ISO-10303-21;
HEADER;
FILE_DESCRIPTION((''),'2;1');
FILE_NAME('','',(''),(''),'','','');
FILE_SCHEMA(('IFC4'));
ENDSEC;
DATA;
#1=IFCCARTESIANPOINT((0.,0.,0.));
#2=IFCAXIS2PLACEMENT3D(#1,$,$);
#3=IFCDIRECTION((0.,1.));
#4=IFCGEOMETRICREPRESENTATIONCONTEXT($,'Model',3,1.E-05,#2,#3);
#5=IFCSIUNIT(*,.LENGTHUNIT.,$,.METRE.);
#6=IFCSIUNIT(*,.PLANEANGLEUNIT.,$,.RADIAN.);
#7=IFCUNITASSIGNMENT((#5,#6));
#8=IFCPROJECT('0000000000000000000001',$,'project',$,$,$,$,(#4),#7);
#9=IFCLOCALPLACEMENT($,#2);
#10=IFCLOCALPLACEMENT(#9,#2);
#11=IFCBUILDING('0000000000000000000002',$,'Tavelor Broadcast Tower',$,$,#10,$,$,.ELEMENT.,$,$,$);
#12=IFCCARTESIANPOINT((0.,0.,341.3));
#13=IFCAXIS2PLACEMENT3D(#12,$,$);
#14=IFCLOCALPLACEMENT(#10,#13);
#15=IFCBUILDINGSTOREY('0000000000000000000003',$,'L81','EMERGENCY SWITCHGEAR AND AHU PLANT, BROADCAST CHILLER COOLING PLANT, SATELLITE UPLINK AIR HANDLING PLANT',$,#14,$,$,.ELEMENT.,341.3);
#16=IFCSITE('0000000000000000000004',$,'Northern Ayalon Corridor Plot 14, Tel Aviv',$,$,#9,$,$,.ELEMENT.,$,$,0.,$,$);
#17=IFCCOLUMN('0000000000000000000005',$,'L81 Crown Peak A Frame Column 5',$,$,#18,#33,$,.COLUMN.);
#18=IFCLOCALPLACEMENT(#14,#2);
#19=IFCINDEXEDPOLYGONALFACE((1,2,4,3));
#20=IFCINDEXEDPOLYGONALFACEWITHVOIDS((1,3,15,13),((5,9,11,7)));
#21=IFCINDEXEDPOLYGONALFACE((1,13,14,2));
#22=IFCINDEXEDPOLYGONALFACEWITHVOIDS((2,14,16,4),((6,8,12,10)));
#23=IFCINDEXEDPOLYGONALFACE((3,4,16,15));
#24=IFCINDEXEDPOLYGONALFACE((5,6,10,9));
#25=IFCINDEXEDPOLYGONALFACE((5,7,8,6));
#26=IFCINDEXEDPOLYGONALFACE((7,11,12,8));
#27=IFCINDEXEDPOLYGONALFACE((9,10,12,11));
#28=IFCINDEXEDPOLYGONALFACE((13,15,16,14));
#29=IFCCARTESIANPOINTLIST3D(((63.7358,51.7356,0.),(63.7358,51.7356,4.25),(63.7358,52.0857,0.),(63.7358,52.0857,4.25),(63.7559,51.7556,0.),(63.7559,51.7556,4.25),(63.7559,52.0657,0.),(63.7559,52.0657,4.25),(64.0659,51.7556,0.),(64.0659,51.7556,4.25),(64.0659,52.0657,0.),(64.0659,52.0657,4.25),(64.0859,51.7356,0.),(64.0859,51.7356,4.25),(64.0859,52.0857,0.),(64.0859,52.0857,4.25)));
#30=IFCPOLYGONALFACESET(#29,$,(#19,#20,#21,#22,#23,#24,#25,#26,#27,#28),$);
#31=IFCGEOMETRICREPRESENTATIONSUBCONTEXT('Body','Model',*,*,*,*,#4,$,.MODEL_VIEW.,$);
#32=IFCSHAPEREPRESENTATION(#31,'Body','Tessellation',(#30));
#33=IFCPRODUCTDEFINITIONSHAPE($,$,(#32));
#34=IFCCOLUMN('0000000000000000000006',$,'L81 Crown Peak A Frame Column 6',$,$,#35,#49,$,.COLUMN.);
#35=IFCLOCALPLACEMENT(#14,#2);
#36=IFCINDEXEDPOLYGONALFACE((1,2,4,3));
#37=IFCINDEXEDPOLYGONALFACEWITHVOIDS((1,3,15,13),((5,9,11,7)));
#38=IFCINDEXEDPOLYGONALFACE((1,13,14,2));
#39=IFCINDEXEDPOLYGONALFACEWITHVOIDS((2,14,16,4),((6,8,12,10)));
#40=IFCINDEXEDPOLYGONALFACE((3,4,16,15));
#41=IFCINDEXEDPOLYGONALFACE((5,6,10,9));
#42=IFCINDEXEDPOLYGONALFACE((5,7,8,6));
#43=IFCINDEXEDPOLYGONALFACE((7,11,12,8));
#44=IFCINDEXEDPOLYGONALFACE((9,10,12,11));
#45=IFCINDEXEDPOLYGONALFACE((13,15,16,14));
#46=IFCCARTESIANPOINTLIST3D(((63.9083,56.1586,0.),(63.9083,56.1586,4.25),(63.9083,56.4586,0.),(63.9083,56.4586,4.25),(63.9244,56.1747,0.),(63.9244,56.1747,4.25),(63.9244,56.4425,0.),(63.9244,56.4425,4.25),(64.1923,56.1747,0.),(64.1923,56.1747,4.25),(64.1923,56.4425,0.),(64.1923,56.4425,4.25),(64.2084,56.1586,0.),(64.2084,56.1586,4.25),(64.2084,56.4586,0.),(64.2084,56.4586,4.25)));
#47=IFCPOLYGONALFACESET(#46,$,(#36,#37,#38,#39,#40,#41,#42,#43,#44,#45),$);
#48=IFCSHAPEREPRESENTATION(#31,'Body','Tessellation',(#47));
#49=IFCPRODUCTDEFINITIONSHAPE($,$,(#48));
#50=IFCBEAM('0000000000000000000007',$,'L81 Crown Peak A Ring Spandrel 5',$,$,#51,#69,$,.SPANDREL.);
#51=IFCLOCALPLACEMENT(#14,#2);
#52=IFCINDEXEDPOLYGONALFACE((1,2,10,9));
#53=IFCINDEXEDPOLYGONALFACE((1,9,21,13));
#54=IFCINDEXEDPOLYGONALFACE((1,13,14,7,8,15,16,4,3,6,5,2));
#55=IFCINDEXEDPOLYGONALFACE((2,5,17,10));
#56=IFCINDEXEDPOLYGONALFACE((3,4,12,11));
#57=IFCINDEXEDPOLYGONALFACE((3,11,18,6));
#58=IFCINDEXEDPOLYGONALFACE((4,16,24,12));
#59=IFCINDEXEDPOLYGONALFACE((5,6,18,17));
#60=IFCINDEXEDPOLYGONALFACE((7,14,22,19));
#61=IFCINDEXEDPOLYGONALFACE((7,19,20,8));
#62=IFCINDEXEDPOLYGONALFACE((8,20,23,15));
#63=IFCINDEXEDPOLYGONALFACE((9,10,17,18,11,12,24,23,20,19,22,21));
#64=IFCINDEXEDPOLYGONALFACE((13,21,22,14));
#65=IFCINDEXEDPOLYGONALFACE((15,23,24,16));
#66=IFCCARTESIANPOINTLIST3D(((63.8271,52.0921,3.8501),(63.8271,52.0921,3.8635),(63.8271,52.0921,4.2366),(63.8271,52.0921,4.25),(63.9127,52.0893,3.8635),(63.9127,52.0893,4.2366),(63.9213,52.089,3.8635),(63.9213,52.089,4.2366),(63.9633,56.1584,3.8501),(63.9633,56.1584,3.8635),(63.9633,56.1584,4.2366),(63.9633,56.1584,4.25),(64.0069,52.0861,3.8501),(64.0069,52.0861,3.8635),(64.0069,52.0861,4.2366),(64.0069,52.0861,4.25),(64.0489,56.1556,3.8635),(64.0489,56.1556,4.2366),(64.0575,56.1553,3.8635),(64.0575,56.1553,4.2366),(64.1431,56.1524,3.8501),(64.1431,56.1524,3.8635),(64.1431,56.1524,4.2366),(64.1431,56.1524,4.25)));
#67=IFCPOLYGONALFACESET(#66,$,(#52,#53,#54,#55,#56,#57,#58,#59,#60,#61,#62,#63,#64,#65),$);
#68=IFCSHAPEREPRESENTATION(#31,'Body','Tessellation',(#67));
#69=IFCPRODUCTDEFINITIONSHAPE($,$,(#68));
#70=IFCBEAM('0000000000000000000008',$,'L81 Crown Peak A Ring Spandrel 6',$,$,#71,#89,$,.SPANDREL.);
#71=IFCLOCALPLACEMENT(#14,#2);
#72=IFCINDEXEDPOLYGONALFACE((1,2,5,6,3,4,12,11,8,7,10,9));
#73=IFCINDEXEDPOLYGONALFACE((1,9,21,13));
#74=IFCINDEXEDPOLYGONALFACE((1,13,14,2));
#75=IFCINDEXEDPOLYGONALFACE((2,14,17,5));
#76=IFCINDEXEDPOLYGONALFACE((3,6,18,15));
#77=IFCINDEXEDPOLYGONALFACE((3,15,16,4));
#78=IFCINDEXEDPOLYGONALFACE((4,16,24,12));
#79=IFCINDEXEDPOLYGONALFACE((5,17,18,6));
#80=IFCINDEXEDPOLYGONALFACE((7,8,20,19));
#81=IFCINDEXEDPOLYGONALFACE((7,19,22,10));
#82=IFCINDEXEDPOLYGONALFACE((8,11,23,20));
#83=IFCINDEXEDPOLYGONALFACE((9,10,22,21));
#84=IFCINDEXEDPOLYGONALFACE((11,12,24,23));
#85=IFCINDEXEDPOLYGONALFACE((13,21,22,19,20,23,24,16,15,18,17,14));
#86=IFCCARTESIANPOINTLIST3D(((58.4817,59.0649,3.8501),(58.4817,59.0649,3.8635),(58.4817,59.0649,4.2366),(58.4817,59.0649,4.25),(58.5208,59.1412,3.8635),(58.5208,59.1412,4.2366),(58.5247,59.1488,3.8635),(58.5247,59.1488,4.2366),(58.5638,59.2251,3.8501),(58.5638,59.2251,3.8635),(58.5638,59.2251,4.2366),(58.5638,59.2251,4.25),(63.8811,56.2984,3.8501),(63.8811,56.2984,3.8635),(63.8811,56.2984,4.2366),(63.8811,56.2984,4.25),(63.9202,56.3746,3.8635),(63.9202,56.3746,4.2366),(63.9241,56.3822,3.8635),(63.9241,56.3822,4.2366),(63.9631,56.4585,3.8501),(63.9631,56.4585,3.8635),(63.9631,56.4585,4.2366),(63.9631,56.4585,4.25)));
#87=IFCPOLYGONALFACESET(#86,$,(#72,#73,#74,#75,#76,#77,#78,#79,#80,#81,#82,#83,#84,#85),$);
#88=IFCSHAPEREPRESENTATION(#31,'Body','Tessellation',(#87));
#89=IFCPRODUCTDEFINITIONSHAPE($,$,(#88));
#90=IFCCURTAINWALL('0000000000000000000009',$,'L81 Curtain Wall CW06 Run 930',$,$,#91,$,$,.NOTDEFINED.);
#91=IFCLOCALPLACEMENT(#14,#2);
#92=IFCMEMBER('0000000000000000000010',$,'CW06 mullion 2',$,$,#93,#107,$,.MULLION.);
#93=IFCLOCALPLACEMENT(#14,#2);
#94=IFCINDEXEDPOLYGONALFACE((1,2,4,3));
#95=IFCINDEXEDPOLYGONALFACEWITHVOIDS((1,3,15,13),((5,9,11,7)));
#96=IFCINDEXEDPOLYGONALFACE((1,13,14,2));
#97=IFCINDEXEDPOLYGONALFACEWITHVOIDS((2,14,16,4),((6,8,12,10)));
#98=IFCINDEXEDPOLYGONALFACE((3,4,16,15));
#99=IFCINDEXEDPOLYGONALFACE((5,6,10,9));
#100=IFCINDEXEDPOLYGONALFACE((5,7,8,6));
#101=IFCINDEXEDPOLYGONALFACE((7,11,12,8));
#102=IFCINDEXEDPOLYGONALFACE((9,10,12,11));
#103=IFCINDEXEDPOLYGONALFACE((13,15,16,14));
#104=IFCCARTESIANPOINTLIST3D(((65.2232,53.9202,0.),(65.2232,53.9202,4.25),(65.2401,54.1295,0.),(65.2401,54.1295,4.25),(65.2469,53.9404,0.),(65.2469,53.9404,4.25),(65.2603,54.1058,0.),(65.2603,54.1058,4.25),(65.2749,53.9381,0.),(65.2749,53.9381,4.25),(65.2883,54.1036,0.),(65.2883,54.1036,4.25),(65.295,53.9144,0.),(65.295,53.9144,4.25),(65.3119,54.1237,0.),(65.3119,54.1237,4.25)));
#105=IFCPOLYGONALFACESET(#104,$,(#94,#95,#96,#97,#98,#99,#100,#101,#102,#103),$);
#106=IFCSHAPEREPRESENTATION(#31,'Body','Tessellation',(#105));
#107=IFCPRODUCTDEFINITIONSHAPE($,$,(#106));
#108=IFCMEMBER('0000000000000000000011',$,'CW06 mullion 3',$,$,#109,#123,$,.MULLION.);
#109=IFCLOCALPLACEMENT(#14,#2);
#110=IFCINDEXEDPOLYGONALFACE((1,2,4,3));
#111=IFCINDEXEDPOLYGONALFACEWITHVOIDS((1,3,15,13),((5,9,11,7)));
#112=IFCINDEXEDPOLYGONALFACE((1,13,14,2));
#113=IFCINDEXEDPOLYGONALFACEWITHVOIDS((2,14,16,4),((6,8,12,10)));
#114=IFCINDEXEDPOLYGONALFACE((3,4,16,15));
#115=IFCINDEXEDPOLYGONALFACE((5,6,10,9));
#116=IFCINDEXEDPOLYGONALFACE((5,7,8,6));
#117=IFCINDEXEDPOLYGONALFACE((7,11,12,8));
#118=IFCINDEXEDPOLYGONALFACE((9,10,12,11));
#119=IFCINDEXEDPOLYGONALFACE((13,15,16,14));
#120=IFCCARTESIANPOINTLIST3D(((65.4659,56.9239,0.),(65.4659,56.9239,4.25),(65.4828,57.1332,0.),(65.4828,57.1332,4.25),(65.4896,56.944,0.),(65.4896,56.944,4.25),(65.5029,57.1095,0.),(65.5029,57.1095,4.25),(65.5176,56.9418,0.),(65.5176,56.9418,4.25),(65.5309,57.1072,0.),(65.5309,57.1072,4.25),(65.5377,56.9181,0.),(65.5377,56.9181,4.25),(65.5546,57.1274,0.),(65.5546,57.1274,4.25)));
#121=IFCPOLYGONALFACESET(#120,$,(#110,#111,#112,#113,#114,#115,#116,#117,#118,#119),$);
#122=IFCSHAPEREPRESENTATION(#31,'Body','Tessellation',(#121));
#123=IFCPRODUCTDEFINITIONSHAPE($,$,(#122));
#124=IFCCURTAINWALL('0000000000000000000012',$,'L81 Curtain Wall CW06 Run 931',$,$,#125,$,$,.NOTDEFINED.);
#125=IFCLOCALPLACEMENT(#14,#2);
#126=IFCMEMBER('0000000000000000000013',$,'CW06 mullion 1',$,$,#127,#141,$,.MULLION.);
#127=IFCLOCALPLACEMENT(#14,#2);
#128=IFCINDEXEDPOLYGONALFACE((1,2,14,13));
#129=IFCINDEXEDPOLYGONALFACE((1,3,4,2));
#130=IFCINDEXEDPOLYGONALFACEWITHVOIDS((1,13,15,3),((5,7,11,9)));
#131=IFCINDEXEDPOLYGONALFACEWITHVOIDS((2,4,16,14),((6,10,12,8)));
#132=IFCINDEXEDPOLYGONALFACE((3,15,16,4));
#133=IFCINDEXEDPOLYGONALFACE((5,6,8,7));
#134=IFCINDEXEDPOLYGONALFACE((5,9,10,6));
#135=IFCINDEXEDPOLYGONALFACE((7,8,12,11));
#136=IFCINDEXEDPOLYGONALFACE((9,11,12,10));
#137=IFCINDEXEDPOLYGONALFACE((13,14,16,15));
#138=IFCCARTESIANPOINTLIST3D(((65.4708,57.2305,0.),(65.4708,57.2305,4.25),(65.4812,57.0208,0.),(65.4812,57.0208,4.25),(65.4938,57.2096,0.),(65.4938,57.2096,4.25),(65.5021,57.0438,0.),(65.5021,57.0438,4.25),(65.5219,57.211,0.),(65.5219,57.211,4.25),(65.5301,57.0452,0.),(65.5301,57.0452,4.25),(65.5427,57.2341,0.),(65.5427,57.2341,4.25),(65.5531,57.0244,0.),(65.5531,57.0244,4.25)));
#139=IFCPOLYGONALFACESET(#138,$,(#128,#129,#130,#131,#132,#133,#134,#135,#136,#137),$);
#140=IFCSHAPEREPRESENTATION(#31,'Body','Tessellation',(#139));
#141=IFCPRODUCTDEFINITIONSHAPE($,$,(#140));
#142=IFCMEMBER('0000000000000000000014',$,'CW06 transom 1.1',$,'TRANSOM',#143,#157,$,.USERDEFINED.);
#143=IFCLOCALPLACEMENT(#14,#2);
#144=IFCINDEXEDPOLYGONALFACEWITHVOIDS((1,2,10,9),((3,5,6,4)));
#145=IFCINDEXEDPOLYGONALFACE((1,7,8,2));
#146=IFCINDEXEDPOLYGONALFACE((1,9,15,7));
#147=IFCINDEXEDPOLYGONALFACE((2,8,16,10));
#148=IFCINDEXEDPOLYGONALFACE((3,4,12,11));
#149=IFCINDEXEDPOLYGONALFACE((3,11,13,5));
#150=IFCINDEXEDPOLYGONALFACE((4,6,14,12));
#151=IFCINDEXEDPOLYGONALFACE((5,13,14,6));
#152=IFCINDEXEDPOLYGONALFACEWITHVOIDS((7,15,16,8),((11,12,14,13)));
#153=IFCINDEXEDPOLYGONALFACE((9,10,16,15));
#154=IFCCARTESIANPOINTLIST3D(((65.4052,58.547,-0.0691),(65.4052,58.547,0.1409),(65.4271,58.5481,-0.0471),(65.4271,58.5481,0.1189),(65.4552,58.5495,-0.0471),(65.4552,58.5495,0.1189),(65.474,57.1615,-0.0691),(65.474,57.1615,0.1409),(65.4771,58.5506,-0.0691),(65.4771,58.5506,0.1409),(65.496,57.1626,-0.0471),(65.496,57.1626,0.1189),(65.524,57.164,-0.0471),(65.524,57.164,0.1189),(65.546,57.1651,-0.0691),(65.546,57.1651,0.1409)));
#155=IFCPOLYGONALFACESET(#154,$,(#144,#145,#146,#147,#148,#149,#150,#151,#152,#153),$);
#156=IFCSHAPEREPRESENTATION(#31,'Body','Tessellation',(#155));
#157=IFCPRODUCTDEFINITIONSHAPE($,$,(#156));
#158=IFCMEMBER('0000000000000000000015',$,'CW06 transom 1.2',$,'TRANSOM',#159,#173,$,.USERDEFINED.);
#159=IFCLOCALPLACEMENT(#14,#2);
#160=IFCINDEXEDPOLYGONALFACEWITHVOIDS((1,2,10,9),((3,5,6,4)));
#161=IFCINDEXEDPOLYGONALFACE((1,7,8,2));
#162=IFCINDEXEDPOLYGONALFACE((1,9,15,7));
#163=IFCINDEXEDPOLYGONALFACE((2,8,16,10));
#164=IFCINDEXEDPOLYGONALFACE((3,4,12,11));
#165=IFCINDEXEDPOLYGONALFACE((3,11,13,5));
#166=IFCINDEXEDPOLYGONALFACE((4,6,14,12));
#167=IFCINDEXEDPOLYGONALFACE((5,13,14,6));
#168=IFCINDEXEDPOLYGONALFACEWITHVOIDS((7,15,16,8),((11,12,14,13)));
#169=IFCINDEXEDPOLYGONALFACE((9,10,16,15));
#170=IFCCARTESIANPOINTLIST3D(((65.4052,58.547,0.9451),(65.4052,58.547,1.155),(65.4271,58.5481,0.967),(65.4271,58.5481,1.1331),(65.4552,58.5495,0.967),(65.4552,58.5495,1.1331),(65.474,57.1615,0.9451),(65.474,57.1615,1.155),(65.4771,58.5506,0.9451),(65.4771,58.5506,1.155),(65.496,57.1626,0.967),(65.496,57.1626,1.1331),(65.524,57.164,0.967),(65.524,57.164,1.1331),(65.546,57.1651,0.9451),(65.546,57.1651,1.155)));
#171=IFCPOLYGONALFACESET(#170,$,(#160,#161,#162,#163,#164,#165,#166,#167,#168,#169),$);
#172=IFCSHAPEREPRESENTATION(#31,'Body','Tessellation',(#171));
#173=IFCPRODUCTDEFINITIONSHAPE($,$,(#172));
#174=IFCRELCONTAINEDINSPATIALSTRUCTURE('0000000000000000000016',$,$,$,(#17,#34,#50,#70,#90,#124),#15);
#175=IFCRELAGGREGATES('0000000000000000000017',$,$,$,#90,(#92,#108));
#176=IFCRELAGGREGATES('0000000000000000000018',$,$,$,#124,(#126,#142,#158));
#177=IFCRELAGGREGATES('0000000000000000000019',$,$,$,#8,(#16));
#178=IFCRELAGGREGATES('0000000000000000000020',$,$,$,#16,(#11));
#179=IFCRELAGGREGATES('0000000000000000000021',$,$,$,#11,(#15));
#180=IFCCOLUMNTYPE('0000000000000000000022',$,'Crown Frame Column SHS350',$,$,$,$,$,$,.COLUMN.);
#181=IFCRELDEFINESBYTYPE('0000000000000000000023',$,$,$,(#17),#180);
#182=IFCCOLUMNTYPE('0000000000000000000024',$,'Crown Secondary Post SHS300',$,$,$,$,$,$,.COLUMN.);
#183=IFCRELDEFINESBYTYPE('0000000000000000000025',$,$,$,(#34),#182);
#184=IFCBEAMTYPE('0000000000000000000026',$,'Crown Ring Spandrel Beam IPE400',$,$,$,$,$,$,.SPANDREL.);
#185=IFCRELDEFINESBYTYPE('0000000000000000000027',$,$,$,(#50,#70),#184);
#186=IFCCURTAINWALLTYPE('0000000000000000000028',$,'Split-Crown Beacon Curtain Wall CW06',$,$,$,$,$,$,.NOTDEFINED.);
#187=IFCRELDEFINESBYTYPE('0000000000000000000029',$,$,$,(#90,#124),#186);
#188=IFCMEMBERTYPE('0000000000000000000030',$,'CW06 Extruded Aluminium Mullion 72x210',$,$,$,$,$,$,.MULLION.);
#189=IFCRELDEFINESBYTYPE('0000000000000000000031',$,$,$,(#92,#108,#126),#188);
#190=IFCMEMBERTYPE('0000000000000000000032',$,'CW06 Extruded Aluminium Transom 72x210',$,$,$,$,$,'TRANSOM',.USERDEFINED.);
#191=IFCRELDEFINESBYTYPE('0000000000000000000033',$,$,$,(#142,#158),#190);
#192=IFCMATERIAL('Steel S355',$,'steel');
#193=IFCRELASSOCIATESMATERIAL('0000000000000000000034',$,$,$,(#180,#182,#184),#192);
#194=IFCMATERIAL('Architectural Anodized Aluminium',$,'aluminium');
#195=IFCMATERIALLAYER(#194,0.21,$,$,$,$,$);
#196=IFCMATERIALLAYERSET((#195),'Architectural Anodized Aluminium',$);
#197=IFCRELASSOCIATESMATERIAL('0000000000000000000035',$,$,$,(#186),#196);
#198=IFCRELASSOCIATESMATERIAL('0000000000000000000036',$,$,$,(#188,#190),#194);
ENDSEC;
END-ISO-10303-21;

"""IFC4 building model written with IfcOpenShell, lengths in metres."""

from ifc_helpers import new_model, si_unit, direction, frame, origin, origin_2d, place, context, subcontext, project, spatial, hollow_rectangle, i_section, extrude, source, transform, mapped, material, layer, layer_set, material_profile, profile_set, type_object, type_shapes, element, aggregate, save


model = new_model("IFC4")

# Units and contexts
model_context = context("Model", 3, precision=1e-05, world=origin(), true_north=direction((0.0, 1.0)))
body_context = subcontext(model_context, "Body", "Model", "MODEL_VIEW")
ifc_project = project(units=[si_unit("LENGTHUNIT", "METRE"), si_unit("PLANEANGLEUNIT", "RADIAN")], contexts=[model_context])

# Site, building, storey
site_placement = place(None, origin())
site = spatial("IfcSite", under=ifc_project, at=site_placement, Name="Northern Ayalon Corridor Plot 14, Tel Aviv", CompositionType="ELEMENT", RefElevation=0.0)
building_placement = place(site_placement, origin())
building = spatial("IfcBuilding", under=site, at=building_placement, Name="Tavelor Broadcast Tower", CompositionType="ELEMENT")
storey_placement = place(building_placement, frame((0.0, 0.0, 341.3)))
storey = spatial("IfcBuildingStorey", under=building, at=storey_placement, Name="L81", Description="EMERGENCY SWITCHGEAR AND AHU PLANT, BROADCAST CHILLER COOLING PLANT, SATELLITE UPLINK AIR HANDLING PLANT", CompositionType="ELEMENT", Elevation=341.3)

# Columns
ifc_material_1 = material(Name="Steel S355", Category="steel")
ifc_material_profile_1 = material_profile(ifc_material_1, hollow_rectangle(XDim=0.3501, YDim=0.3501, WallThickness=0.02, at=origin_2d()), Name="SHS 350x350x20")
ifc_profile_set_1 = profile_set([ifc_material_profile_1], Name="Steel S355")
column_type_1 = type_object("IfcColumnType", Name="Crown Frame Column SHS350", PredefinedType="COLUMN", material=ifc_profile_set_1)
column_1_placement = place(storey_placement, frame((63.9109, 51.9106, 0.0), z_axis=(0.0, 0.0, 1.0), x_axis=(1.0, 0.0, 0.0)))
element("IfcColumn", 1, at=column_1_placement, inside=storey, type_object=column_type_1, Name="L81 Crown Peak A Frame Column 5", PredefinedType="COLUMN", context=body_context, shape_type="SweptSolid", body=[
    extrude(hollow_rectangle(XDim=0.3501, YDim=0.3501, WallThickness=0.02, at=origin_2d()), origin(), (0.0, 0.0, 1.0), 4.25),
])
ifc_material_profile_2 = material_profile(ifc_material_1, hollow_rectangle(XDim=0.3, YDim=0.3, WallThickness=0.0161, at=origin_2d()), Name="SHS 300x300x16")
ifc_profile_set_2 = profile_set([ifc_material_profile_2], Name="Steel S355")
column_type_2 = type_object("IfcColumnType", Name="Crown Secondary Post SHS300", PredefinedType="COLUMN", material=ifc_profile_set_2)
column_2_placement = place(storey_placement, frame((64.0583, 56.3086, 0.0), z_axis=(0.0, 0.0, 1.0), x_axis=(1.0, 0.0, 0.0)))
element("IfcColumn", 2, at=column_2_placement, inside=storey, type_object=column_type_2, Name="L81 Crown Peak A Frame Column 6", PredefinedType="COLUMN", context=body_context, shape_type="SweptSolid", body=[
    extrude(hollow_rectangle(XDim=0.3, YDim=0.3, WallThickness=0.0161, at=origin_2d()), origin(), (0.0, 0.0, 1.0), 4.25),
])

# Beams
ifc_material_profile_3 = material_profile(ifc_material_1, i_section(OverallWidth=0.1799, OverallDepth=0.3999, WebThickness=0.0085, FlangeThickness=0.0134, at=origin_2d()), Name="IPE 400")
ifc_profile_set_3 = profile_set([ifc_material_profile_3], Name="Steel S355")
beam_type = type_object("IfcBeamType", Name="Crown Ring Spandrel Beam IPE400", PredefinedType="SPANDREL", material=ifc_profile_set_3)
beam_1_placement = place(storey_placement, frame((63.917, 52.0891, 4.05), z_axis=(0.033483, 0.999439, 0.0), x_axis=(-0.999439, 0.033483, 0.0)))
element("IfcBeam", 3, at=beam_1_placement, inside=storey, type_object=beam_type, Name="L81 Crown Peak A Ring Spandrel 5", PredefinedType="SPANDREL", context=body_context, shape_type="SweptSolid", body=[
    extrude(i_section(OverallWidth=0.1799, OverallDepth=0.3999, WebThickness=0.0085, FlangeThickness=0.0134, at=origin_2d()), origin(), (0.0, 0.0, 1.0), 4.0686),
])
beam_2_placement = place(storey_placement, frame((63.9221, 56.3784, 4.05), z_axis=(-0.889973, 0.456013, 0.0), x_axis=(-0.456013, -0.889973, 0.0)))
element("IfcBeam", 4, at=beam_2_placement, inside=storey, type_object=beam_type, Name="L81 Crown Peak A Ring Spandrel 6", PredefinedType="SPANDREL", context=body_context, shape_type="SweptSolid", body=[
    extrude(i_section(OverallWidth=0.1799, OverallDepth=0.3999, WebThickness=0.0085, FlangeThickness=0.0134, at=origin_2d()), origin(), (0.0, 0.0, 1.0), 6.0669),
])

# Curtain walls, members
ifc_material_2 = material(Name="Architectural Anodized Aluminium", Category="aluminium")
ifc_layer_1 = layer(ifc_material_2, 0.21)
ifc_layer_set_1 = layer_set([ifc_layer_1], Name="Architectural Anodized Aluminium")
curtain_wall_type = type_object("IfcCurtainWallType", Name="Split-Crown Beacon Curtain Wall CW06", PredefinedType="NOTDEFINED", material=ifc_layer_set_1)
curtain_wall_1_placement = place(storey_placement, origin())
curtain_wall_1 = element("IfcCurtainWall", 5, at=curtain_wall_1_placement, inside=storey, type_object=curtain_wall_type, Name="L81 Curtain Wall CW06 Run 930", PredefinedType="NOTDEFINED")
ifc_material_profile_4 = material_profile(ifc_material_2, hollow_rectangle(XDim=0.072, YDim=0.21, WallThickness=0.022, at=origin_2d()), Name="RHS 72x210x22")
ifc_profile_set_4 = profile_set([ifc_material_profile_4], Name="Architectural Anodized Aluminium")
member_type_1 = type_object("IfcMemberType", Name="CW06 Extruded Aluminium Mullion 72x210", PredefinedType="MULLION", material=ifc_profile_set_4)
shared_shape_1 = source(origin(), body_context, "Body", "SweptSolid", [
    extrude(hollow_rectangle(XDim=0.072, YDim=0.21, WallThickness=0.022, at=origin_2d()), origin(), (0.0, 0.0, 1.0), 4.25),
])
type_shapes(member_type_1, [shared_shape_1])
member_1_placement = place(storey_placement, frame((65.2676, 54.022, 0.0), z_axis=(0.0, 0.0, 1.0), x_axis=(-0.996751, 0.080539, 0.0)))
member_1 = element("IfcMember", 6, at=member_1_placement, type_object=member_type_1, Name="CW06 mullion 2", PredefinedType="MULLION", context=body_context, shape_type="MappedRepresentation", body=[
    mapped(shared_shape_1, transform((0.0, 0.0, 0.0), scale=1.0)),
])
member_2_placement = place(storey_placement, frame((65.5103, 57.0256, 0.0), z_axis=(0.0, 0.0, 1.0), x_axis=(-0.996751, 0.080539, 0.0)))
member_2 = element("IfcMember", 7, at=member_2_placement, type_object=member_type_1, Name="CW06 mullion 3", PredefinedType="MULLION", context=body_context, shape_type="MappedRepresentation", body=[
    mapped(shared_shape_1, transform((0.0, 0.0, 0.0), scale=1.0)),
])
curtain_wall_2_placement = place(storey_placement, origin())
curtain_wall_2 = element("IfcCurtainWall", 8, at=curtain_wall_2_placement, inside=storey, type_object=curtain_wall_type, Name="L81 Curtain Wall CW06 Run 931", PredefinedType="NOTDEFINED")
member_3_placement = place(storey_placement, frame((65.512, 57.1274, 0.0), z_axis=(0.0, 0.0, 1.0), x_axis=(-0.998764, -0.0497, 0.0)))
member_3 = element("IfcMember", 9, at=member_3_placement, type_object=member_type_1, Name="CW06 mullion 1", PredefinedType="MULLION", context=body_context, shape_type="MappedRepresentation", body=[
    mapped(shared_shape_1, transform((0.0, 0.0, 0.0), scale=1.0)),
])
ifc_material_profile_5 = material_profile(ifc_material_2, hollow_rectangle(XDim=0.072, YDim=0.21, WallThickness=0.022, at=origin_2d()), Name="RHS 72x210x22")
ifc_profile_set_5 = profile_set([ifc_material_profile_5], Name="Architectural Anodized Aluminium")
member_type_2 = type_object("IfcMemberType", Name="CW06 Extruded Aluminium Transom 72x210", ElementType="TRANSOM", PredefinedType="USERDEFINED", material=ifc_profile_set_5)
shared_shape_2 = source(origin(), body_context, "Body", "SweptSolid", [
    extrude(hollow_rectangle(XDim=0.072, YDim=0.21, WallThickness=0.022, at=origin_2d()), origin(), (0.0, 0.0, 1.0), 1.3872),
])
member_4_placement = place(storey_placement, frame((65.51, 57.1633, 0.0359), z_axis=(-0.04963, 0.998768, 0.0), x_axis=(-0.998768, -0.04963, 0.0)))
member_4 = element("IfcMember", 10, at=member_4_placement, type_object=member_type_2, Name="CW06 transom 1.1", ObjectType="TRANSOM", PredefinedType="USERDEFINED", context=body_context, shape_type="MappedRepresentation", body=[
    mapped(shared_shape_2, transform((0.0, 0.0, 0.0), scale=1.0)),
])
member_5_placement = place(storey_placement, frame((65.51, 57.1633, 1.05), z_axis=(-0.04963, 0.998768, 0.0), x_axis=(-0.998768, -0.04963, 0.0)))
member_5 = element("IfcMember", 11, at=member_5_placement, type_object=member_type_2, Name="CW06 transom 1.2", ObjectType="TRANSOM", PredefinedType="USERDEFINED", context=body_context, shape_type="MappedRepresentation", body=[
    mapped(shared_shape_2, transform((0.0, 0.0, 0.0), scale=1.0)),
])

aggregate(curtain_wall_1, [member_1, member_2])
aggregate(curtain_wall_2, [member_3, member_4, member_5])

save(model, "model.ifc")
